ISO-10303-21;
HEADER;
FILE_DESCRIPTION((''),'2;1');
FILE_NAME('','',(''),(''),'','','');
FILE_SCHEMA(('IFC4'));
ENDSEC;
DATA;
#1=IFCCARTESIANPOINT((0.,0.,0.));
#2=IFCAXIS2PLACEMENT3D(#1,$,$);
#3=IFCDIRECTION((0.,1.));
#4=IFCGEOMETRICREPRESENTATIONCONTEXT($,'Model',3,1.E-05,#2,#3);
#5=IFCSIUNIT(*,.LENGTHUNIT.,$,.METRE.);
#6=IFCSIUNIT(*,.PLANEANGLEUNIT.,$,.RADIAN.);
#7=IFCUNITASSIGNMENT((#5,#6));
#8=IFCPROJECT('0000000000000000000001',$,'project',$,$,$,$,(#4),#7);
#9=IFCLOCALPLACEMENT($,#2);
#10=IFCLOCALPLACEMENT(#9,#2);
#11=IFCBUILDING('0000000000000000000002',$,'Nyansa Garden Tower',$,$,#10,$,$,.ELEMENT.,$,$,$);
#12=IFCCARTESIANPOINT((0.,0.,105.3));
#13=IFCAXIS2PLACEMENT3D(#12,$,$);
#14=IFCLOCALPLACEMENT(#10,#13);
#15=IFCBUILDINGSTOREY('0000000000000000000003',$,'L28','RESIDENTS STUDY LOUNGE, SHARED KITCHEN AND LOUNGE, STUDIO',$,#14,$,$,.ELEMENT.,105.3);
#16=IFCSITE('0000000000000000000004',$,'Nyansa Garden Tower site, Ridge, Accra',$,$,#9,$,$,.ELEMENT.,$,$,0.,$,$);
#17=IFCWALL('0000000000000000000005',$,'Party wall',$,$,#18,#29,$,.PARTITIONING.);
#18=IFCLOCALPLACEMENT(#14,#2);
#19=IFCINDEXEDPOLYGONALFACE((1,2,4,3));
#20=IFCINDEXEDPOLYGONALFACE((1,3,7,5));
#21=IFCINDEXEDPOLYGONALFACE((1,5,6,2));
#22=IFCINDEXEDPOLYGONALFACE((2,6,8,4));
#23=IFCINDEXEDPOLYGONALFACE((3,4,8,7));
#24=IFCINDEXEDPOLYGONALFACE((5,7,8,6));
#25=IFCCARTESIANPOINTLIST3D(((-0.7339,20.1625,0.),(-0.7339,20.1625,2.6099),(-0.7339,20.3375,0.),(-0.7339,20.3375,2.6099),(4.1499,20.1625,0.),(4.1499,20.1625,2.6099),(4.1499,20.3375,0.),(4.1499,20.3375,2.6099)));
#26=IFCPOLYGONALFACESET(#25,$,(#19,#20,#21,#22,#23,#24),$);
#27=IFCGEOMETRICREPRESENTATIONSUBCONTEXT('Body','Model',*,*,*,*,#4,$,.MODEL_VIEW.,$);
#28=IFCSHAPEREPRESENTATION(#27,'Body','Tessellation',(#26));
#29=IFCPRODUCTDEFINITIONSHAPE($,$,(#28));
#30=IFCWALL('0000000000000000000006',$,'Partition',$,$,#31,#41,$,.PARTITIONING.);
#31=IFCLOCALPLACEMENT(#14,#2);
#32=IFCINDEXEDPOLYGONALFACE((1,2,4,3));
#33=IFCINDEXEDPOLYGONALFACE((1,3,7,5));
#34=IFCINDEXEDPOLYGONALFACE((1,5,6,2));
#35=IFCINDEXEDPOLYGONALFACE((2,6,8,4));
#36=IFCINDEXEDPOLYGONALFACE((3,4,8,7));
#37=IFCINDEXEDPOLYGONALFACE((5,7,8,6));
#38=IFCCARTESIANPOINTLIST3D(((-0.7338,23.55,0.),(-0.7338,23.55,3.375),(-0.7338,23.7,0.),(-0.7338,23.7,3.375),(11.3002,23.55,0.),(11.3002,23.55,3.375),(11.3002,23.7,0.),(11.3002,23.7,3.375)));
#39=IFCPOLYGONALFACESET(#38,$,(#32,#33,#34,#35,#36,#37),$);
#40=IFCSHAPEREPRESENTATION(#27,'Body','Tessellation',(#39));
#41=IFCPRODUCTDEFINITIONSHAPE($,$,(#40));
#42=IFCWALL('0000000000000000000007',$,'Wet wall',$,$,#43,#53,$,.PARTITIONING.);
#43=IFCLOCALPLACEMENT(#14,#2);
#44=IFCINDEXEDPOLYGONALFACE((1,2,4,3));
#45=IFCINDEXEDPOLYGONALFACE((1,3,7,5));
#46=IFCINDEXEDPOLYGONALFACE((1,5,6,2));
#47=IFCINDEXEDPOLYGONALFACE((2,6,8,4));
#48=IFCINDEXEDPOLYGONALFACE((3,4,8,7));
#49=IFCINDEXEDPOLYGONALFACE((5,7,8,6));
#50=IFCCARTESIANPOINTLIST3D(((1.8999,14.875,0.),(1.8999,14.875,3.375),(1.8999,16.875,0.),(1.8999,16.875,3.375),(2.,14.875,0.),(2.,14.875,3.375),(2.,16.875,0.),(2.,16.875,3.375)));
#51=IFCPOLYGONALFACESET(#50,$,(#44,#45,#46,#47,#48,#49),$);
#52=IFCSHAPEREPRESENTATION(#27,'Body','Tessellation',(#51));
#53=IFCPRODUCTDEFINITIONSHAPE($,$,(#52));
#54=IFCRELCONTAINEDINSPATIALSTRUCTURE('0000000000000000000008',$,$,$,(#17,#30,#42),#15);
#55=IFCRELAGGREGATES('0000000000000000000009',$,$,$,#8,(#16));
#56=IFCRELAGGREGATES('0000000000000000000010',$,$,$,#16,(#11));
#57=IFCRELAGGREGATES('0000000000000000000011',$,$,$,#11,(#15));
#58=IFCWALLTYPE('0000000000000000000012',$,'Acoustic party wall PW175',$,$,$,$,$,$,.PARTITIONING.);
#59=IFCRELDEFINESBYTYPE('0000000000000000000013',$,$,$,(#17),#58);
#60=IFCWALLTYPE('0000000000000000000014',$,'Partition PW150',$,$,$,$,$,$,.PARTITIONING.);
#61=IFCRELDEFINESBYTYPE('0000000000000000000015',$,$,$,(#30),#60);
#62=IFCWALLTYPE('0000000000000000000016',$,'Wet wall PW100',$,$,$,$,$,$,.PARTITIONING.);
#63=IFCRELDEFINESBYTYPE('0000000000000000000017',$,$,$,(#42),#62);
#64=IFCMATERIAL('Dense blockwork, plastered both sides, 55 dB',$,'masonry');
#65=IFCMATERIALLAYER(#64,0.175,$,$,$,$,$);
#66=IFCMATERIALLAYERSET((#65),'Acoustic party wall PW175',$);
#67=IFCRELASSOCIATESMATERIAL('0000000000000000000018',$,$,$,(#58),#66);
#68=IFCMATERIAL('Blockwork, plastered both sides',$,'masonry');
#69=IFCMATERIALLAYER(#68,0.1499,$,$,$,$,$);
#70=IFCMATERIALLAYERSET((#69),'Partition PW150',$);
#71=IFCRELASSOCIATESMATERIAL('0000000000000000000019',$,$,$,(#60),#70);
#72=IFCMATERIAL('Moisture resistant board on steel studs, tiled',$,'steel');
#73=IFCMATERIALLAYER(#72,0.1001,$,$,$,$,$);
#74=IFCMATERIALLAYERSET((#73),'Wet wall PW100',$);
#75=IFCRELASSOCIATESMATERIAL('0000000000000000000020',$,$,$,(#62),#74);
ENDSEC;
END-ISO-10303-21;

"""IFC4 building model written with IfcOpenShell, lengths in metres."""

from ifc_helpers import new_model, si_unit, direction, frame, frame_2d, origin, place, context, subcontext, project, spatial, rectangle, extrude, material, layer, layer_set, type_object, element, save


model = new_model("IFC4")

# Units and contexts
model_context = context("Model", 3, precision=1e-05, world=origin(), true_north=direction((0.0, 1.0)))
body_context = subcontext(model_context, "Body", "Model", "MODEL_VIEW")
ifc_project = project(units=[si_unit("LENGTHUNIT", "METRE"), si_unit("PLANEANGLEUNIT", "RADIAN")], contexts=[model_context])

# Site, building, storey
site_placement = place(None, origin())
site = spatial("IfcSite", under=ifc_project, at=site_placement, Name="Nyansa Garden Tower site, Ridge, Accra", CompositionType="ELEMENT", RefElevation=0.0)
building_placement = place(site_placement, origin())
building = spatial("IfcBuilding", under=site, at=building_placement, Name="Nyansa Garden Tower", CompositionType="ELEMENT")
storey_placement = place(building_placement, frame((0.0, 0.0, 105.3)))
storey = spatial("IfcBuildingStorey", under=building, at=storey_placement, Name="L28", Description="RESIDENTS STUDY LOUNGE, SHARED KITCHEN AND LOUNGE, STUDIO", CompositionType="ELEMENT", Elevation=105.3)

# Walls
ifc_material_1 = material(Name="Dense blockwork, plastered both sides, 55 dB", Category="masonry")
ifc_layer_1 = layer(ifc_material_1, 0.175)
ifc_layer_set_1 = layer_set([ifc_layer_1], Name="Acoustic party wall PW175")
wall_type_1 = type_object("IfcWallType", Name="Acoustic party wall PW175", PredefinedType="PARTITIONING", material=ifc_layer_set_1)
wall_1_placement = place(storey_placement, frame((-0.7339, 20.25, 0.0), z_axis=(0.0, 0.0, 1.0), x_axis=(1.0, 0.0, 0.0)))
element("IfcWall", 1, at=wall_1_placement, inside=storey, type_object=wall_type_1, Name="Party wall", PredefinedType="PARTITIONING", context=body_context, shape_type="SweptSolid", body=[
    extrude(rectangle(XDim=4.8838, YDim=0.175, at=frame_2d((2.4419, 0.0))), origin(), (0.0, 0.0, 1.0), 2.6099),
])
ifc_material_2 = material(Name="Blockwork, plastered both sides", Category="masonry")
ifc_layer_2 = layer(ifc_material_2, 0.1499)
ifc_layer_set_2 = layer_set([ifc_layer_2], Name="Partition PW150")
wall_type_2 = type_object("IfcWallType", Name="Partition PW150", PredefinedType="PARTITIONING", material=ifc_layer_set_2)
wall_2_placement = place(storey_placement, frame((-0.7339, 23.625, 0.0), z_axis=(0.0, 0.0, 1.0), x_axis=(1.0, 0.0, 0.0)))
element("IfcWall", 2, at=wall_2_placement, inside=storey, type_object=wall_type_2, Name="Partition", PredefinedType="PARTITIONING", context=body_context, shape_type="SweptSolid", body=[
    extrude(rectangle(XDim=12.0339, YDim=0.1499, at=frame_2d((6.0171, 0.0))), origin(), (0.0, 0.0, 1.0), 3.375),
])
ifc_material_3 = material(Name="Moisture resistant board on steel studs, tiled", Category="steel")
ifc_layer_3 = layer(ifc_material_3, 0.1001)
ifc_layer_set_3 = layer_set([ifc_layer_3], Name="Wet wall PW100")
wall_type_3 = type_object("IfcWallType", Name="Wet wall PW100", PredefinedType="PARTITIONING", material=ifc_layer_set_3)
wall_3_placement = place(storey_placement, frame((1.95, 14.875, 0.0), z_axis=(0.0, 0.0, 1.0), x_axis=(0.0, 1.0, 0.0)))
element("IfcWall", 3, at=wall_3_placement, inside=storey, type_object=wall_type_3, Name="Wet wall", PredefinedType="PARTITIONING", context=body_context, shape_type="SweptSolid", body=[
    extrude(rectangle(XDim=2.0, YDim=0.1001, at=frame_2d((1.0, 0.0))), origin(), (0.0, 0.0, 1.0), 3.375),
])

save(model, "model.ifc")
